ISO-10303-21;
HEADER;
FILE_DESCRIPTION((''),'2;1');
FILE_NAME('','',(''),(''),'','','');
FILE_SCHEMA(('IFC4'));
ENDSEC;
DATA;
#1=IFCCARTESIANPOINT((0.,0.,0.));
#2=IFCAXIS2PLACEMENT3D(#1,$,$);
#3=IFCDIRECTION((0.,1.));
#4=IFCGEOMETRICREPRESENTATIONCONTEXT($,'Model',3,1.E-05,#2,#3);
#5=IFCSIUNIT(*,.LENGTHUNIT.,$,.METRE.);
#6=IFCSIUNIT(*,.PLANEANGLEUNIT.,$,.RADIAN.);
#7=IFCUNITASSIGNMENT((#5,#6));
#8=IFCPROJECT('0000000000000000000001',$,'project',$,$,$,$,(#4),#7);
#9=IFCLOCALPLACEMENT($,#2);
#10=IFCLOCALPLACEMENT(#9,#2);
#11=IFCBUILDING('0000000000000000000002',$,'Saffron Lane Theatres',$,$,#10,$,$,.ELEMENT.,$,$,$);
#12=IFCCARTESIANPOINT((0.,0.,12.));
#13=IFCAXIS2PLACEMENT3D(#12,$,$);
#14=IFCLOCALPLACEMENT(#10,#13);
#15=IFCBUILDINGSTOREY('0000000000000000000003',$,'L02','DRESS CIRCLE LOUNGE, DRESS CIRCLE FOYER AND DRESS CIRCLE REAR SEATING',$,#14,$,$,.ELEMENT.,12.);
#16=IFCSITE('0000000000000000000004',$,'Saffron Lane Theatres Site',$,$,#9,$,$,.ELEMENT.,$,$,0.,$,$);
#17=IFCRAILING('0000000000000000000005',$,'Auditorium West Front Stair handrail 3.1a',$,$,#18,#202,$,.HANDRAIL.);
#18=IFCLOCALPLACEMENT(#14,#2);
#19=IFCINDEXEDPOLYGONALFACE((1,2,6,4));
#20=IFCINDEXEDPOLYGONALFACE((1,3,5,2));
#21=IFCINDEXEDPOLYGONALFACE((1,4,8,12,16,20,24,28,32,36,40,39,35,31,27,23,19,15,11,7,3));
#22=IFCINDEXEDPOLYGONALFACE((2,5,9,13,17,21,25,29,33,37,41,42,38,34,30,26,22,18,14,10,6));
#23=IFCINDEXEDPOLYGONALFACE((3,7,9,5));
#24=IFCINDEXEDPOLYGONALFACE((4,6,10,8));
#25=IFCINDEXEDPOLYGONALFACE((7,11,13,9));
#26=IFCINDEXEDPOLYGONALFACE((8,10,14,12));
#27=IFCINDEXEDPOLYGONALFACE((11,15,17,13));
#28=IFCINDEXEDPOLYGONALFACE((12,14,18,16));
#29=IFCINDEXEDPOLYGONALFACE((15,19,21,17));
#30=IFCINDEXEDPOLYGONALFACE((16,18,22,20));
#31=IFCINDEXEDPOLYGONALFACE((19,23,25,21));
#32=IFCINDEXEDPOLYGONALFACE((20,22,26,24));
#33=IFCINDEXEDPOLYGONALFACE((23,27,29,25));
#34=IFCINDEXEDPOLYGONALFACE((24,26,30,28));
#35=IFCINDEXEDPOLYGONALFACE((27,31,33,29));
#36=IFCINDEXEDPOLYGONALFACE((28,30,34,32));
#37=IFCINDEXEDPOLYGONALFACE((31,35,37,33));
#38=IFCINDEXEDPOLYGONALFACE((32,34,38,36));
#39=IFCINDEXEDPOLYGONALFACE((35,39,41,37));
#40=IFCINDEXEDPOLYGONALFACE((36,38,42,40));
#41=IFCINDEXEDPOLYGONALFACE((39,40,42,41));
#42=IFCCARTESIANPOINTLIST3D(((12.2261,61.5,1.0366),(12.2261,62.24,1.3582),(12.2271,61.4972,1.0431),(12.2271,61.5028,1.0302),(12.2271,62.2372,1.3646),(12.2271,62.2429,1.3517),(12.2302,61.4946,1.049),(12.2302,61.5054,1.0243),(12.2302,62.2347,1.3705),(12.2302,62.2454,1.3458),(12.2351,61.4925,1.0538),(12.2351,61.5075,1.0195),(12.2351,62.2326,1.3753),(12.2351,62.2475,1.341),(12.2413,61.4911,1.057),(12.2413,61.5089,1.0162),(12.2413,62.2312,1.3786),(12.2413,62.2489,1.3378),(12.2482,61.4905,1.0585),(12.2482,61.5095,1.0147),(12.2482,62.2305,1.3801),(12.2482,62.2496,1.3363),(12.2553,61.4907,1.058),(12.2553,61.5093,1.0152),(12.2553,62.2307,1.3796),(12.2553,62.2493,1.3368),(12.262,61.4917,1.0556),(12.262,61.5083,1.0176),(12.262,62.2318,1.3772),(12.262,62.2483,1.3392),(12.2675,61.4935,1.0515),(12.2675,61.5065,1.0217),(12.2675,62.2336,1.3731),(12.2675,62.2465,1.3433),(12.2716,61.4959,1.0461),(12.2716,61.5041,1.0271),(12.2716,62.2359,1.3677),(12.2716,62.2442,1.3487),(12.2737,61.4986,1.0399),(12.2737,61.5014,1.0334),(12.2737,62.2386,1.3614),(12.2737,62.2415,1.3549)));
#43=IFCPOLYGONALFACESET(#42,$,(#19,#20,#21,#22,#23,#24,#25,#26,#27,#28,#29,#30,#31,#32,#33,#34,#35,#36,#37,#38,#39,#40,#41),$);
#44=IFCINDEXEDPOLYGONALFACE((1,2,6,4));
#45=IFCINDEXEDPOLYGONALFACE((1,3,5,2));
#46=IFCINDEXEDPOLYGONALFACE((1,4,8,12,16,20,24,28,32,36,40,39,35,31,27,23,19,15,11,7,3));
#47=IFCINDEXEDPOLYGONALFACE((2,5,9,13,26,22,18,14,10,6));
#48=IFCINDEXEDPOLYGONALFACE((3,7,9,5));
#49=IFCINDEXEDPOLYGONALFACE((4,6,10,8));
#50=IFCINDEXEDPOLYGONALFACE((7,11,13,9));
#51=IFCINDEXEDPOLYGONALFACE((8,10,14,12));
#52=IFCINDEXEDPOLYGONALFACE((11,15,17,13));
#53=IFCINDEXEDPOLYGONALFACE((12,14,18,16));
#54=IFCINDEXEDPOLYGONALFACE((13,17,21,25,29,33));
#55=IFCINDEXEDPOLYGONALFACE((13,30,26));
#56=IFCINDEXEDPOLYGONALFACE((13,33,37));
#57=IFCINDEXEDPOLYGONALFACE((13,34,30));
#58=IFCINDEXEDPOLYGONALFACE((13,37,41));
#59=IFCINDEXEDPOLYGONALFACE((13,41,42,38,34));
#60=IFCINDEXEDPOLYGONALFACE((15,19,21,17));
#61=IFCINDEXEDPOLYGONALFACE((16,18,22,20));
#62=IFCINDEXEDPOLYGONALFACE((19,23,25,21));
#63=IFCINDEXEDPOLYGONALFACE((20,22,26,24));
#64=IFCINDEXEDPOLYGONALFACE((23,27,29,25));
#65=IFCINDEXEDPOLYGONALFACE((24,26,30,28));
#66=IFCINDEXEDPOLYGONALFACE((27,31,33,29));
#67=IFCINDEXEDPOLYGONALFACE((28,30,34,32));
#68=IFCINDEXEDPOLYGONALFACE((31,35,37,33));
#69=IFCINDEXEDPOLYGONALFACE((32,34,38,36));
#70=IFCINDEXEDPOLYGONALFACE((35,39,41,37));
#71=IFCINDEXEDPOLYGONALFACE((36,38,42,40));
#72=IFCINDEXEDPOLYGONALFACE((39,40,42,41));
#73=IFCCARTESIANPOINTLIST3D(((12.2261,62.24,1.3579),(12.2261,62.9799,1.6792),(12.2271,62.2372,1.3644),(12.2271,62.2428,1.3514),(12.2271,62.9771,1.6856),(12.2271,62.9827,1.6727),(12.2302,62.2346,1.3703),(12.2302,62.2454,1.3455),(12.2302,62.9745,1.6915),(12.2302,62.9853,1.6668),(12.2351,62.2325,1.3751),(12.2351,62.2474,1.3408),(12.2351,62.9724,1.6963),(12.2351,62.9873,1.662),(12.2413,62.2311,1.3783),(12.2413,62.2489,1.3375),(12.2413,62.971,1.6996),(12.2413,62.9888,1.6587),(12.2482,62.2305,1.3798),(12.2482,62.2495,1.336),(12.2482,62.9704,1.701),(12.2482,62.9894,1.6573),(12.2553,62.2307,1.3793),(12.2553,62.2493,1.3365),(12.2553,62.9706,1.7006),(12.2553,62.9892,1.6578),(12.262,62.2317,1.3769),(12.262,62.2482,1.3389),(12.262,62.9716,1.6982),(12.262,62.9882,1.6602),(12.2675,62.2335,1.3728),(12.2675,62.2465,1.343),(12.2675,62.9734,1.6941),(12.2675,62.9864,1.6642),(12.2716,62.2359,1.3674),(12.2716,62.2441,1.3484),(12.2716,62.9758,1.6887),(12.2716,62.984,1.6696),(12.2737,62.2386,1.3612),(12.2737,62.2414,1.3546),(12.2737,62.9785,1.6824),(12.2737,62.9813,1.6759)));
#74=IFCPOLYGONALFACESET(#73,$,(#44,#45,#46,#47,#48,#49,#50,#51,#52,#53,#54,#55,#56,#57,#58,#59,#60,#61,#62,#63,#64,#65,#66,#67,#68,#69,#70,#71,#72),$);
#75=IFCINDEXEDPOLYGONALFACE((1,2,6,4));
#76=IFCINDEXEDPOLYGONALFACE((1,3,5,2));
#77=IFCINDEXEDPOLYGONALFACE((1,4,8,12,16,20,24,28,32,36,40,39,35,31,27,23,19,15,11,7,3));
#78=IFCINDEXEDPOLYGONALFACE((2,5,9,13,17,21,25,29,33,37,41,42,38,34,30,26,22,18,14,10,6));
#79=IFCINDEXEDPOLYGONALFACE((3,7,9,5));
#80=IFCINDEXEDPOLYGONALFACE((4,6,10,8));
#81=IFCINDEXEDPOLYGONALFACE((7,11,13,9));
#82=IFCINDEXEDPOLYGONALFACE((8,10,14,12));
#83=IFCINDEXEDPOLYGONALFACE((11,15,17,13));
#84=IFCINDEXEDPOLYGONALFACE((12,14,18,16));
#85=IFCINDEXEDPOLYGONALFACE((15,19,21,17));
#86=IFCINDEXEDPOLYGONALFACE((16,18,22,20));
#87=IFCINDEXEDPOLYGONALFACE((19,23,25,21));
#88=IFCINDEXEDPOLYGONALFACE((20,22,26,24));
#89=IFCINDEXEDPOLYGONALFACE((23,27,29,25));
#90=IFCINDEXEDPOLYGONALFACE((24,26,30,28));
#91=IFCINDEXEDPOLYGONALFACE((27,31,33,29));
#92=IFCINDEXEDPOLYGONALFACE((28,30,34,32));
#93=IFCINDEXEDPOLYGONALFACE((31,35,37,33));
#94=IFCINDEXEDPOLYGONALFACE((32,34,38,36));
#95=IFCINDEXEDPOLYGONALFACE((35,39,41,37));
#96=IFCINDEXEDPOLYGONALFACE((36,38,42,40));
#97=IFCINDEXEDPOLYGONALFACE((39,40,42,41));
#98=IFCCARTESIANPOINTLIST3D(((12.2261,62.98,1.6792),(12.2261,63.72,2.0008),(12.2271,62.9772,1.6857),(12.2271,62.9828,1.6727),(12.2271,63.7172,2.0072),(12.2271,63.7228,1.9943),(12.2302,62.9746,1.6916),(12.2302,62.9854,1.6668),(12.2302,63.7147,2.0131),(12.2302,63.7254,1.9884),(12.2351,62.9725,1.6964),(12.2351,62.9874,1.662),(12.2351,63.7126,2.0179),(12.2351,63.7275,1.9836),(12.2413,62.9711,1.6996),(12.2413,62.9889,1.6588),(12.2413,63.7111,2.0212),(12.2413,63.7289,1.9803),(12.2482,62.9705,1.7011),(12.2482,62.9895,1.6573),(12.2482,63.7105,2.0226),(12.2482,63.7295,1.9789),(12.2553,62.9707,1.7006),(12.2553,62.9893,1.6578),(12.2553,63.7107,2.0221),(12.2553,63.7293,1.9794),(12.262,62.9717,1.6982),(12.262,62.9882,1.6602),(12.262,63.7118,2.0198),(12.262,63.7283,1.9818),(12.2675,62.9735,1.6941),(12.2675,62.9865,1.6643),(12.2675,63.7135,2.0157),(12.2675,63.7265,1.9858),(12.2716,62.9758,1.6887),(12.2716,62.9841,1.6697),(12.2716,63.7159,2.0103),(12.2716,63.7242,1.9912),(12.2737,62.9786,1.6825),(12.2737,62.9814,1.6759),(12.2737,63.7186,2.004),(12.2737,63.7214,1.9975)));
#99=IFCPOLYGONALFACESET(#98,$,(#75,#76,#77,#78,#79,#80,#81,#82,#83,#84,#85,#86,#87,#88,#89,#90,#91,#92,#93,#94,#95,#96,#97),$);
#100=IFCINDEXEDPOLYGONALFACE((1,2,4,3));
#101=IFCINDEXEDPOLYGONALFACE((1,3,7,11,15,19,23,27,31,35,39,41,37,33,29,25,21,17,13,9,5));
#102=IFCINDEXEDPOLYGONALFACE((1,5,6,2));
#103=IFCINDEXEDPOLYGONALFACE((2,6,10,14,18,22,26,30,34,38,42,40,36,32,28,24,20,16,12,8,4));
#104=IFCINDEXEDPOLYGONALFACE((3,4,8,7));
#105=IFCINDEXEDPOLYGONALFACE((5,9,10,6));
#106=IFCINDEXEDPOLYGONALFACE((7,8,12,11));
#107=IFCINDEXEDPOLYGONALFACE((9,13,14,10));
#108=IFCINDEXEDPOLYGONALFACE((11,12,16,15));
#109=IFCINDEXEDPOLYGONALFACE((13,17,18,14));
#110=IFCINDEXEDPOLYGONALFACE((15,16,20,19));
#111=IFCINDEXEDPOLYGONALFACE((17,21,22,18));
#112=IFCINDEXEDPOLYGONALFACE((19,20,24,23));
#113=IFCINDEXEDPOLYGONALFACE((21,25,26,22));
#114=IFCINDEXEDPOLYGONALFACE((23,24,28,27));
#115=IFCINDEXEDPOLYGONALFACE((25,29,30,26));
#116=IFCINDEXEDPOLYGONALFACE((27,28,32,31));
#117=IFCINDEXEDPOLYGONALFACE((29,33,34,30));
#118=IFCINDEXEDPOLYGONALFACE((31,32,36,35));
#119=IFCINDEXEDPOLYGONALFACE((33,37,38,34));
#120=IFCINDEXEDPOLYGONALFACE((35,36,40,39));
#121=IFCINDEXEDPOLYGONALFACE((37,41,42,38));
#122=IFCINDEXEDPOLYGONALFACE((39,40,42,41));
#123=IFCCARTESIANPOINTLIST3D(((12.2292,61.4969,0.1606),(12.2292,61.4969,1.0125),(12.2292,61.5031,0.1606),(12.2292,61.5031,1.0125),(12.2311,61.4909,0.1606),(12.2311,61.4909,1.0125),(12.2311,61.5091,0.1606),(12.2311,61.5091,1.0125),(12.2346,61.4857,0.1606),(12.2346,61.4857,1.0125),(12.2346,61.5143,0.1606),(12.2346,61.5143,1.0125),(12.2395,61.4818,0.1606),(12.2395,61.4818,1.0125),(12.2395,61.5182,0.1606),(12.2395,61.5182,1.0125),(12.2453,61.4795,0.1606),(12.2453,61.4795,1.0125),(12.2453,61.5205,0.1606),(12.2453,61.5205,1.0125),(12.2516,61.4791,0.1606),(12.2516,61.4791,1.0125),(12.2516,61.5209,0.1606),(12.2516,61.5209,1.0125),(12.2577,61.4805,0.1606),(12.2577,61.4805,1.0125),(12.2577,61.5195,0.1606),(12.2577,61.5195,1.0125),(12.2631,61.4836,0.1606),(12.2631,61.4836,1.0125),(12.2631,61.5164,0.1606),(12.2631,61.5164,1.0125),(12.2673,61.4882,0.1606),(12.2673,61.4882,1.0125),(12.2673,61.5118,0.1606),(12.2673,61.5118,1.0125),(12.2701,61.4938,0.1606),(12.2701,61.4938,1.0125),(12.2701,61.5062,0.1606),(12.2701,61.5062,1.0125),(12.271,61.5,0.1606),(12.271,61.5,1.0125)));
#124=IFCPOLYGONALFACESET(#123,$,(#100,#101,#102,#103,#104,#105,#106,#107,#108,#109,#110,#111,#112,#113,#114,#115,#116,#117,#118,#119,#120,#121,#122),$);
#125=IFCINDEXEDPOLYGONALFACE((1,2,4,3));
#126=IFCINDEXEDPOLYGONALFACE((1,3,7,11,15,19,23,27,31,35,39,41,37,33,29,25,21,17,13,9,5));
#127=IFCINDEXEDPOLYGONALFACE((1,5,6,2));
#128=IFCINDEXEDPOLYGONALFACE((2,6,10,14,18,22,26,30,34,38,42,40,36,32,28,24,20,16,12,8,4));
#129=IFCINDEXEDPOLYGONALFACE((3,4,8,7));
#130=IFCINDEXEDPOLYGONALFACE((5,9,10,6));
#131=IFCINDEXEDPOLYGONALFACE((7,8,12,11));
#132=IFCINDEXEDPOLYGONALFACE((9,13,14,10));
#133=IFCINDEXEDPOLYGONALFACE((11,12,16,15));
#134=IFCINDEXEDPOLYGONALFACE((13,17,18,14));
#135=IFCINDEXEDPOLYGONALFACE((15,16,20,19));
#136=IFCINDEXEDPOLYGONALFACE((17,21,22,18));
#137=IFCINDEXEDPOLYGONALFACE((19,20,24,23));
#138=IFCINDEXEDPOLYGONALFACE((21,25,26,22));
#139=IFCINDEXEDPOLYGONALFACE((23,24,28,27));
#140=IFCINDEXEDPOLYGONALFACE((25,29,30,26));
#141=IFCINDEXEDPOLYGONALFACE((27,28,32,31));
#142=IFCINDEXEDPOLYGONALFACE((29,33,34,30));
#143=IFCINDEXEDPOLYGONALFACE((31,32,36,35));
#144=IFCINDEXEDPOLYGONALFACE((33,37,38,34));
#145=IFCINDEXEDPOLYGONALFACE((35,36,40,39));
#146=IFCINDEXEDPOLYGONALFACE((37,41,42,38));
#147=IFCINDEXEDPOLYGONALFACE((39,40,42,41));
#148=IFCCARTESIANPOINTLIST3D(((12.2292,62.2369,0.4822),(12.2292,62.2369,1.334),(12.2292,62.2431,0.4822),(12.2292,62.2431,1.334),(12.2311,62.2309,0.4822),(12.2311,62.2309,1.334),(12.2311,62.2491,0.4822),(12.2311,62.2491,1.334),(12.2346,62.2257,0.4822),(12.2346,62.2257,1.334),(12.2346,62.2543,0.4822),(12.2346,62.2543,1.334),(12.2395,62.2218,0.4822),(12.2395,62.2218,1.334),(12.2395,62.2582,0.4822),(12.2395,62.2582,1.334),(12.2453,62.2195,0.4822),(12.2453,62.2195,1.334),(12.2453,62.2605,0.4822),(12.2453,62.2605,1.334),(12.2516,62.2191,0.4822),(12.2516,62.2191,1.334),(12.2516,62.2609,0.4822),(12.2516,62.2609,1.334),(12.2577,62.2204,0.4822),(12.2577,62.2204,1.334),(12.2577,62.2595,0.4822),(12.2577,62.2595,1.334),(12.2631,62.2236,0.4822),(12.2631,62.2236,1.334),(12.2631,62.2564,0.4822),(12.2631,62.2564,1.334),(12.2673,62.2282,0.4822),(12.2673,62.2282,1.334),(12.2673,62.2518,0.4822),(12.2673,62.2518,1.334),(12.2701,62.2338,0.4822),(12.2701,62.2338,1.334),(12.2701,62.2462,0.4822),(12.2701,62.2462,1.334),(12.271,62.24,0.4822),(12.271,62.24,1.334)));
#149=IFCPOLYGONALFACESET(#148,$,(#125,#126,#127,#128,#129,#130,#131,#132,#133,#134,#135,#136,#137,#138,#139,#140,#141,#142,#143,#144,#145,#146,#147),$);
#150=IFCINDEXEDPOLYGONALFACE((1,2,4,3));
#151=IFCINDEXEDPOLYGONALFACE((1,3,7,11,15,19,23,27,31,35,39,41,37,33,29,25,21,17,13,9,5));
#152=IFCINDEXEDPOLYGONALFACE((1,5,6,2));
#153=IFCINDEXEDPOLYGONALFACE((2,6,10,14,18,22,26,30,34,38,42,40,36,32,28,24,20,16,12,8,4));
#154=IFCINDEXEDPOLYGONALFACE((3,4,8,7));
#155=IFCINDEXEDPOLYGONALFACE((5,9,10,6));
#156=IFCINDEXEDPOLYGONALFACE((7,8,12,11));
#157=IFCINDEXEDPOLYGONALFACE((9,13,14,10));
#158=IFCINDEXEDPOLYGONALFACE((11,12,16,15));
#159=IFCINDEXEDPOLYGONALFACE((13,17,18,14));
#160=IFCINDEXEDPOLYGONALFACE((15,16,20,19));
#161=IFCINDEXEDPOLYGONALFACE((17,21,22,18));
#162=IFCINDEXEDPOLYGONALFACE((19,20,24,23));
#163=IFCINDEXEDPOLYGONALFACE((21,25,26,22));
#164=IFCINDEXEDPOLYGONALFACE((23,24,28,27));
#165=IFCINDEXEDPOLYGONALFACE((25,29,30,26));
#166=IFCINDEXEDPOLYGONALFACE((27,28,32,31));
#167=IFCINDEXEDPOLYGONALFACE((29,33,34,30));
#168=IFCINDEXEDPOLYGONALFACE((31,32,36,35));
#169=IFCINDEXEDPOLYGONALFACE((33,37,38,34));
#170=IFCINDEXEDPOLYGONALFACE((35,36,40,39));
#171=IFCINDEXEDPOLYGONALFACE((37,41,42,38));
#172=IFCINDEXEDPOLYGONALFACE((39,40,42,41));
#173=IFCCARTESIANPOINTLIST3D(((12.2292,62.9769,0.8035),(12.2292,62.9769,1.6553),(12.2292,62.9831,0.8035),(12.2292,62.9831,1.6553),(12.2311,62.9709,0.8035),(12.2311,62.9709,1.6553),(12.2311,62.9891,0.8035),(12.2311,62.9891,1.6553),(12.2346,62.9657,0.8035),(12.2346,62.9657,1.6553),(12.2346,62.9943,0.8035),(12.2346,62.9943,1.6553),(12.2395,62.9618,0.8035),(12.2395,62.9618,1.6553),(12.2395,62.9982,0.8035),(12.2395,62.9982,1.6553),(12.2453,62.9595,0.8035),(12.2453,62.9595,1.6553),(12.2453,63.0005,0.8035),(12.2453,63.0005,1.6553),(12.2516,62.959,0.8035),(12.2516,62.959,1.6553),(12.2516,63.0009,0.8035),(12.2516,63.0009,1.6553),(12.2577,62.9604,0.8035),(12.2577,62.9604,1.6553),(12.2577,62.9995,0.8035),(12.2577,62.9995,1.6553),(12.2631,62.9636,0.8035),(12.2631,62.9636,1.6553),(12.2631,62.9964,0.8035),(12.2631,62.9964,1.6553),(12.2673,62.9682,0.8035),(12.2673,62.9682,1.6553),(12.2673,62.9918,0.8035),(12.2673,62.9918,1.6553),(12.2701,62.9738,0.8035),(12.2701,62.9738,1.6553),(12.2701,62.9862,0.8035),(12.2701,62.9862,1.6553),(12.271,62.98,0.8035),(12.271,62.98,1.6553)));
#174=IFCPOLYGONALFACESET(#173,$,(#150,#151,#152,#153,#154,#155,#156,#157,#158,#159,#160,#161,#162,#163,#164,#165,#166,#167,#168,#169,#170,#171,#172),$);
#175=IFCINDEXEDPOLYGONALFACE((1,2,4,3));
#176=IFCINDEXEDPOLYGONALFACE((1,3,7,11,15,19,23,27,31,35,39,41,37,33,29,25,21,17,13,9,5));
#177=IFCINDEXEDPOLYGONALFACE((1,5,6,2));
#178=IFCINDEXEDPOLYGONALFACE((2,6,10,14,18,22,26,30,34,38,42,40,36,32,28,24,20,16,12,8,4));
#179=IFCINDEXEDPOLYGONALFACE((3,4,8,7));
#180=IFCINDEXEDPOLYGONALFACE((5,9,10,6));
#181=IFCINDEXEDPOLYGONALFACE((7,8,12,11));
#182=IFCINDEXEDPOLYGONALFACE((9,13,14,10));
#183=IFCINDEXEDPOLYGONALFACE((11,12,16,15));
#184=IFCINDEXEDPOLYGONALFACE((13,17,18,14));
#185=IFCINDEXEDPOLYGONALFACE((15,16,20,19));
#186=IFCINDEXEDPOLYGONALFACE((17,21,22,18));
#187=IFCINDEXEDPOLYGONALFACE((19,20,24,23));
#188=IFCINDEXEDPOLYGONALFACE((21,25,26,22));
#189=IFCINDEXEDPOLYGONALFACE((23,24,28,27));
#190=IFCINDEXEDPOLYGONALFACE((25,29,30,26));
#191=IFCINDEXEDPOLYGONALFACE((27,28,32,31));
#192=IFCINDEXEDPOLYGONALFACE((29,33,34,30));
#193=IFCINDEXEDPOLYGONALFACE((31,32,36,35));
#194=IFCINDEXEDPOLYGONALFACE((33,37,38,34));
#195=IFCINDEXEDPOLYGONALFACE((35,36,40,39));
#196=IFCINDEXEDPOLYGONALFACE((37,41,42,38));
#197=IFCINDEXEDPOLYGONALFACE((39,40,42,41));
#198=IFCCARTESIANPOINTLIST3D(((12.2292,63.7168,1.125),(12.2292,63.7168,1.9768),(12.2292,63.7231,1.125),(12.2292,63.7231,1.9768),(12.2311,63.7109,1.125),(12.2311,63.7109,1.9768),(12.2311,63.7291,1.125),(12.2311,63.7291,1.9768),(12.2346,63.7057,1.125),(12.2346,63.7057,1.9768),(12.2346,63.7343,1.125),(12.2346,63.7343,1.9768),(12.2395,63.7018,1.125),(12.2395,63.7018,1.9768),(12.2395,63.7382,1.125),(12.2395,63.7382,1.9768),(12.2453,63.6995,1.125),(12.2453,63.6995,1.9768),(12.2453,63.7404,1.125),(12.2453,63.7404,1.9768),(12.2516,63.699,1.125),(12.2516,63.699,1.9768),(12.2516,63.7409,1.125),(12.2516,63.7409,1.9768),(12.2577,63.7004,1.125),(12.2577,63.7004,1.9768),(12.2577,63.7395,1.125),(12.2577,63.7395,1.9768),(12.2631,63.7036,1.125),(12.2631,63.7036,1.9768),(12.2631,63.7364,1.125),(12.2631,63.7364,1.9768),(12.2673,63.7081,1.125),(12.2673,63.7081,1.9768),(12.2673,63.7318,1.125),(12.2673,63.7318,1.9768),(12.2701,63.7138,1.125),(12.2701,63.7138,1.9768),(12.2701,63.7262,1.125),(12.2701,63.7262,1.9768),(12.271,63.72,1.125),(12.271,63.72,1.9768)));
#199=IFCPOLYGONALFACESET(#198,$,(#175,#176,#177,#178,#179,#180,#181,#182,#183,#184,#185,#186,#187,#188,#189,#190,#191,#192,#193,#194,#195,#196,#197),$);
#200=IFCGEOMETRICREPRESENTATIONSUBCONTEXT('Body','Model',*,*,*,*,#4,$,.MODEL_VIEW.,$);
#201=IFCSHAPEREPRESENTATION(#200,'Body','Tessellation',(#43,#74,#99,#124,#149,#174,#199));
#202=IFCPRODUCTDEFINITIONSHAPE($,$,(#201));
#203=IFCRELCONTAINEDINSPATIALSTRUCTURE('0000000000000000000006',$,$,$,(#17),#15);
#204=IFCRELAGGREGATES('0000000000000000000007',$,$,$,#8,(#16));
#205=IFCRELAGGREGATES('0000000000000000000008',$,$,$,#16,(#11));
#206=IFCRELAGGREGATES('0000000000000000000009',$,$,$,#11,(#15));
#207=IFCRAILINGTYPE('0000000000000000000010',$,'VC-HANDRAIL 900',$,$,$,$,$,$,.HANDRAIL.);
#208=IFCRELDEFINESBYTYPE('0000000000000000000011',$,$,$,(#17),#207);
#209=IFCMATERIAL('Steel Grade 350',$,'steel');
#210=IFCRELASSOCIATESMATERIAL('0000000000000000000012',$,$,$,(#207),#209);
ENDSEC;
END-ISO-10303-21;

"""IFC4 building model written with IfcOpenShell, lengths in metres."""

from ifc_helpers import new_model, si_unit, direction, frame, origin, origin_2d, place, context, subcontext, project, spatial, circle, extrude, material, type_object, element, save


model = new_model("IFC4")

# Units and contexts
model_context = context("Model", 3, precision=1e-05, world=origin(), true_north=direction((0.0, 1.0)))
body_context = subcontext(model_context, "Body", "Model", "MODEL_VIEW")
ifc_project = project(units=[si_unit("LENGTHUNIT", "METRE"), si_unit("PLANEANGLEUNIT", "RADIAN")], contexts=[model_context])

# Site, building, storey
site_placement = place(None, origin())
site = spatial("IfcSite", under=ifc_project, at=site_placement, Name="Saffron Lane Theatres Site", CompositionType="ELEMENT", RefElevation=0.0)
building_placement = place(site_placement, origin())
building = spatial("IfcBuilding", under=site, at=building_placement, Name="Saffron Lane Theatres", CompositionType="ELEMENT")
storey_placement = place(building_placement, frame((0.0, 0.0, 12.0)))
storey = spatial("IfcBuildingStorey", under=building, at=storey_placement, Name="L02", Description="DRESS CIRCLE LOUNGE, DRESS CIRCLE FOYER AND DRESS CIRCLE REAR SEATING", CompositionType="ELEMENT", Elevation=12.0)

# Railing
ifc_material_1 = material(Name="Steel Grade 350", Category="steel")
railing_type_1 = type_object("IfcRailingType", Name="VC-HANDRAIL 900", PredefinedType="HANDRAIL", material=ifc_material_1)
for number, where, name in (
    (1, (12.25, 61.5, 0.1606), "Auditorium West Front Stair handrail 3.1a"),
):
    element("IfcRailing", number, at=place(storey_placement, frame(where)), inside=storey, type_object=railing_type_1, Name=name, PredefinedType="HANDRAIL", context=body_context, shape_type="SweptSolid", body=[
        extrude(circle(Radius=0.0239, at=origin_2d()), frame((0.0, 0.0, 0.876), z_axis=(0.0, 0.917161, 0.398516), x_axis=(-1.0, 0.0, 0.0)), (0.0, 0.0, 1.0), 0.8069),
        extrude(circle(Radius=0.0239, at=origin_2d()), frame((0.0, 0.74, 1.1973), z_axis=(0.0, 0.917272, 0.398261), x_axis=(-1.0, 0.0, 0.0)), (0.0, 0.0, 1.0), 0.8066),
        extrude(circle(Radius=0.0239, at=origin_2d()), frame((0.0, 1.48, 1.5186), z_axis=(0.0, 0.917161, 0.398516), x_axis=(-1.0, 0.0, 0.0)), (0.0, 0.0, 1.0), 0.8069),
        extrude(circle(Radius=0.021, at=origin_2d()), origin(), (0.0, 0.0, 1.0), 0.8518),
        extrude(circle(Radius=0.021, at=origin_2d()), frame((0.0, 0.74, 0.3215)), (0.0, 0.0, 1.0), 0.8518),
        extrude(circle(Radius=0.021, at=origin_2d()), frame((0.0, 1.48, 0.6428)), (0.0, 0.0, 1.0), 0.8518),
        extrude(circle(Radius=0.021, at=origin_2d()), frame((0.0, 2.22, 0.9644)), (0.0, 0.0, 1.0), 0.8518),
    ])

save(model, "model.ifc")
